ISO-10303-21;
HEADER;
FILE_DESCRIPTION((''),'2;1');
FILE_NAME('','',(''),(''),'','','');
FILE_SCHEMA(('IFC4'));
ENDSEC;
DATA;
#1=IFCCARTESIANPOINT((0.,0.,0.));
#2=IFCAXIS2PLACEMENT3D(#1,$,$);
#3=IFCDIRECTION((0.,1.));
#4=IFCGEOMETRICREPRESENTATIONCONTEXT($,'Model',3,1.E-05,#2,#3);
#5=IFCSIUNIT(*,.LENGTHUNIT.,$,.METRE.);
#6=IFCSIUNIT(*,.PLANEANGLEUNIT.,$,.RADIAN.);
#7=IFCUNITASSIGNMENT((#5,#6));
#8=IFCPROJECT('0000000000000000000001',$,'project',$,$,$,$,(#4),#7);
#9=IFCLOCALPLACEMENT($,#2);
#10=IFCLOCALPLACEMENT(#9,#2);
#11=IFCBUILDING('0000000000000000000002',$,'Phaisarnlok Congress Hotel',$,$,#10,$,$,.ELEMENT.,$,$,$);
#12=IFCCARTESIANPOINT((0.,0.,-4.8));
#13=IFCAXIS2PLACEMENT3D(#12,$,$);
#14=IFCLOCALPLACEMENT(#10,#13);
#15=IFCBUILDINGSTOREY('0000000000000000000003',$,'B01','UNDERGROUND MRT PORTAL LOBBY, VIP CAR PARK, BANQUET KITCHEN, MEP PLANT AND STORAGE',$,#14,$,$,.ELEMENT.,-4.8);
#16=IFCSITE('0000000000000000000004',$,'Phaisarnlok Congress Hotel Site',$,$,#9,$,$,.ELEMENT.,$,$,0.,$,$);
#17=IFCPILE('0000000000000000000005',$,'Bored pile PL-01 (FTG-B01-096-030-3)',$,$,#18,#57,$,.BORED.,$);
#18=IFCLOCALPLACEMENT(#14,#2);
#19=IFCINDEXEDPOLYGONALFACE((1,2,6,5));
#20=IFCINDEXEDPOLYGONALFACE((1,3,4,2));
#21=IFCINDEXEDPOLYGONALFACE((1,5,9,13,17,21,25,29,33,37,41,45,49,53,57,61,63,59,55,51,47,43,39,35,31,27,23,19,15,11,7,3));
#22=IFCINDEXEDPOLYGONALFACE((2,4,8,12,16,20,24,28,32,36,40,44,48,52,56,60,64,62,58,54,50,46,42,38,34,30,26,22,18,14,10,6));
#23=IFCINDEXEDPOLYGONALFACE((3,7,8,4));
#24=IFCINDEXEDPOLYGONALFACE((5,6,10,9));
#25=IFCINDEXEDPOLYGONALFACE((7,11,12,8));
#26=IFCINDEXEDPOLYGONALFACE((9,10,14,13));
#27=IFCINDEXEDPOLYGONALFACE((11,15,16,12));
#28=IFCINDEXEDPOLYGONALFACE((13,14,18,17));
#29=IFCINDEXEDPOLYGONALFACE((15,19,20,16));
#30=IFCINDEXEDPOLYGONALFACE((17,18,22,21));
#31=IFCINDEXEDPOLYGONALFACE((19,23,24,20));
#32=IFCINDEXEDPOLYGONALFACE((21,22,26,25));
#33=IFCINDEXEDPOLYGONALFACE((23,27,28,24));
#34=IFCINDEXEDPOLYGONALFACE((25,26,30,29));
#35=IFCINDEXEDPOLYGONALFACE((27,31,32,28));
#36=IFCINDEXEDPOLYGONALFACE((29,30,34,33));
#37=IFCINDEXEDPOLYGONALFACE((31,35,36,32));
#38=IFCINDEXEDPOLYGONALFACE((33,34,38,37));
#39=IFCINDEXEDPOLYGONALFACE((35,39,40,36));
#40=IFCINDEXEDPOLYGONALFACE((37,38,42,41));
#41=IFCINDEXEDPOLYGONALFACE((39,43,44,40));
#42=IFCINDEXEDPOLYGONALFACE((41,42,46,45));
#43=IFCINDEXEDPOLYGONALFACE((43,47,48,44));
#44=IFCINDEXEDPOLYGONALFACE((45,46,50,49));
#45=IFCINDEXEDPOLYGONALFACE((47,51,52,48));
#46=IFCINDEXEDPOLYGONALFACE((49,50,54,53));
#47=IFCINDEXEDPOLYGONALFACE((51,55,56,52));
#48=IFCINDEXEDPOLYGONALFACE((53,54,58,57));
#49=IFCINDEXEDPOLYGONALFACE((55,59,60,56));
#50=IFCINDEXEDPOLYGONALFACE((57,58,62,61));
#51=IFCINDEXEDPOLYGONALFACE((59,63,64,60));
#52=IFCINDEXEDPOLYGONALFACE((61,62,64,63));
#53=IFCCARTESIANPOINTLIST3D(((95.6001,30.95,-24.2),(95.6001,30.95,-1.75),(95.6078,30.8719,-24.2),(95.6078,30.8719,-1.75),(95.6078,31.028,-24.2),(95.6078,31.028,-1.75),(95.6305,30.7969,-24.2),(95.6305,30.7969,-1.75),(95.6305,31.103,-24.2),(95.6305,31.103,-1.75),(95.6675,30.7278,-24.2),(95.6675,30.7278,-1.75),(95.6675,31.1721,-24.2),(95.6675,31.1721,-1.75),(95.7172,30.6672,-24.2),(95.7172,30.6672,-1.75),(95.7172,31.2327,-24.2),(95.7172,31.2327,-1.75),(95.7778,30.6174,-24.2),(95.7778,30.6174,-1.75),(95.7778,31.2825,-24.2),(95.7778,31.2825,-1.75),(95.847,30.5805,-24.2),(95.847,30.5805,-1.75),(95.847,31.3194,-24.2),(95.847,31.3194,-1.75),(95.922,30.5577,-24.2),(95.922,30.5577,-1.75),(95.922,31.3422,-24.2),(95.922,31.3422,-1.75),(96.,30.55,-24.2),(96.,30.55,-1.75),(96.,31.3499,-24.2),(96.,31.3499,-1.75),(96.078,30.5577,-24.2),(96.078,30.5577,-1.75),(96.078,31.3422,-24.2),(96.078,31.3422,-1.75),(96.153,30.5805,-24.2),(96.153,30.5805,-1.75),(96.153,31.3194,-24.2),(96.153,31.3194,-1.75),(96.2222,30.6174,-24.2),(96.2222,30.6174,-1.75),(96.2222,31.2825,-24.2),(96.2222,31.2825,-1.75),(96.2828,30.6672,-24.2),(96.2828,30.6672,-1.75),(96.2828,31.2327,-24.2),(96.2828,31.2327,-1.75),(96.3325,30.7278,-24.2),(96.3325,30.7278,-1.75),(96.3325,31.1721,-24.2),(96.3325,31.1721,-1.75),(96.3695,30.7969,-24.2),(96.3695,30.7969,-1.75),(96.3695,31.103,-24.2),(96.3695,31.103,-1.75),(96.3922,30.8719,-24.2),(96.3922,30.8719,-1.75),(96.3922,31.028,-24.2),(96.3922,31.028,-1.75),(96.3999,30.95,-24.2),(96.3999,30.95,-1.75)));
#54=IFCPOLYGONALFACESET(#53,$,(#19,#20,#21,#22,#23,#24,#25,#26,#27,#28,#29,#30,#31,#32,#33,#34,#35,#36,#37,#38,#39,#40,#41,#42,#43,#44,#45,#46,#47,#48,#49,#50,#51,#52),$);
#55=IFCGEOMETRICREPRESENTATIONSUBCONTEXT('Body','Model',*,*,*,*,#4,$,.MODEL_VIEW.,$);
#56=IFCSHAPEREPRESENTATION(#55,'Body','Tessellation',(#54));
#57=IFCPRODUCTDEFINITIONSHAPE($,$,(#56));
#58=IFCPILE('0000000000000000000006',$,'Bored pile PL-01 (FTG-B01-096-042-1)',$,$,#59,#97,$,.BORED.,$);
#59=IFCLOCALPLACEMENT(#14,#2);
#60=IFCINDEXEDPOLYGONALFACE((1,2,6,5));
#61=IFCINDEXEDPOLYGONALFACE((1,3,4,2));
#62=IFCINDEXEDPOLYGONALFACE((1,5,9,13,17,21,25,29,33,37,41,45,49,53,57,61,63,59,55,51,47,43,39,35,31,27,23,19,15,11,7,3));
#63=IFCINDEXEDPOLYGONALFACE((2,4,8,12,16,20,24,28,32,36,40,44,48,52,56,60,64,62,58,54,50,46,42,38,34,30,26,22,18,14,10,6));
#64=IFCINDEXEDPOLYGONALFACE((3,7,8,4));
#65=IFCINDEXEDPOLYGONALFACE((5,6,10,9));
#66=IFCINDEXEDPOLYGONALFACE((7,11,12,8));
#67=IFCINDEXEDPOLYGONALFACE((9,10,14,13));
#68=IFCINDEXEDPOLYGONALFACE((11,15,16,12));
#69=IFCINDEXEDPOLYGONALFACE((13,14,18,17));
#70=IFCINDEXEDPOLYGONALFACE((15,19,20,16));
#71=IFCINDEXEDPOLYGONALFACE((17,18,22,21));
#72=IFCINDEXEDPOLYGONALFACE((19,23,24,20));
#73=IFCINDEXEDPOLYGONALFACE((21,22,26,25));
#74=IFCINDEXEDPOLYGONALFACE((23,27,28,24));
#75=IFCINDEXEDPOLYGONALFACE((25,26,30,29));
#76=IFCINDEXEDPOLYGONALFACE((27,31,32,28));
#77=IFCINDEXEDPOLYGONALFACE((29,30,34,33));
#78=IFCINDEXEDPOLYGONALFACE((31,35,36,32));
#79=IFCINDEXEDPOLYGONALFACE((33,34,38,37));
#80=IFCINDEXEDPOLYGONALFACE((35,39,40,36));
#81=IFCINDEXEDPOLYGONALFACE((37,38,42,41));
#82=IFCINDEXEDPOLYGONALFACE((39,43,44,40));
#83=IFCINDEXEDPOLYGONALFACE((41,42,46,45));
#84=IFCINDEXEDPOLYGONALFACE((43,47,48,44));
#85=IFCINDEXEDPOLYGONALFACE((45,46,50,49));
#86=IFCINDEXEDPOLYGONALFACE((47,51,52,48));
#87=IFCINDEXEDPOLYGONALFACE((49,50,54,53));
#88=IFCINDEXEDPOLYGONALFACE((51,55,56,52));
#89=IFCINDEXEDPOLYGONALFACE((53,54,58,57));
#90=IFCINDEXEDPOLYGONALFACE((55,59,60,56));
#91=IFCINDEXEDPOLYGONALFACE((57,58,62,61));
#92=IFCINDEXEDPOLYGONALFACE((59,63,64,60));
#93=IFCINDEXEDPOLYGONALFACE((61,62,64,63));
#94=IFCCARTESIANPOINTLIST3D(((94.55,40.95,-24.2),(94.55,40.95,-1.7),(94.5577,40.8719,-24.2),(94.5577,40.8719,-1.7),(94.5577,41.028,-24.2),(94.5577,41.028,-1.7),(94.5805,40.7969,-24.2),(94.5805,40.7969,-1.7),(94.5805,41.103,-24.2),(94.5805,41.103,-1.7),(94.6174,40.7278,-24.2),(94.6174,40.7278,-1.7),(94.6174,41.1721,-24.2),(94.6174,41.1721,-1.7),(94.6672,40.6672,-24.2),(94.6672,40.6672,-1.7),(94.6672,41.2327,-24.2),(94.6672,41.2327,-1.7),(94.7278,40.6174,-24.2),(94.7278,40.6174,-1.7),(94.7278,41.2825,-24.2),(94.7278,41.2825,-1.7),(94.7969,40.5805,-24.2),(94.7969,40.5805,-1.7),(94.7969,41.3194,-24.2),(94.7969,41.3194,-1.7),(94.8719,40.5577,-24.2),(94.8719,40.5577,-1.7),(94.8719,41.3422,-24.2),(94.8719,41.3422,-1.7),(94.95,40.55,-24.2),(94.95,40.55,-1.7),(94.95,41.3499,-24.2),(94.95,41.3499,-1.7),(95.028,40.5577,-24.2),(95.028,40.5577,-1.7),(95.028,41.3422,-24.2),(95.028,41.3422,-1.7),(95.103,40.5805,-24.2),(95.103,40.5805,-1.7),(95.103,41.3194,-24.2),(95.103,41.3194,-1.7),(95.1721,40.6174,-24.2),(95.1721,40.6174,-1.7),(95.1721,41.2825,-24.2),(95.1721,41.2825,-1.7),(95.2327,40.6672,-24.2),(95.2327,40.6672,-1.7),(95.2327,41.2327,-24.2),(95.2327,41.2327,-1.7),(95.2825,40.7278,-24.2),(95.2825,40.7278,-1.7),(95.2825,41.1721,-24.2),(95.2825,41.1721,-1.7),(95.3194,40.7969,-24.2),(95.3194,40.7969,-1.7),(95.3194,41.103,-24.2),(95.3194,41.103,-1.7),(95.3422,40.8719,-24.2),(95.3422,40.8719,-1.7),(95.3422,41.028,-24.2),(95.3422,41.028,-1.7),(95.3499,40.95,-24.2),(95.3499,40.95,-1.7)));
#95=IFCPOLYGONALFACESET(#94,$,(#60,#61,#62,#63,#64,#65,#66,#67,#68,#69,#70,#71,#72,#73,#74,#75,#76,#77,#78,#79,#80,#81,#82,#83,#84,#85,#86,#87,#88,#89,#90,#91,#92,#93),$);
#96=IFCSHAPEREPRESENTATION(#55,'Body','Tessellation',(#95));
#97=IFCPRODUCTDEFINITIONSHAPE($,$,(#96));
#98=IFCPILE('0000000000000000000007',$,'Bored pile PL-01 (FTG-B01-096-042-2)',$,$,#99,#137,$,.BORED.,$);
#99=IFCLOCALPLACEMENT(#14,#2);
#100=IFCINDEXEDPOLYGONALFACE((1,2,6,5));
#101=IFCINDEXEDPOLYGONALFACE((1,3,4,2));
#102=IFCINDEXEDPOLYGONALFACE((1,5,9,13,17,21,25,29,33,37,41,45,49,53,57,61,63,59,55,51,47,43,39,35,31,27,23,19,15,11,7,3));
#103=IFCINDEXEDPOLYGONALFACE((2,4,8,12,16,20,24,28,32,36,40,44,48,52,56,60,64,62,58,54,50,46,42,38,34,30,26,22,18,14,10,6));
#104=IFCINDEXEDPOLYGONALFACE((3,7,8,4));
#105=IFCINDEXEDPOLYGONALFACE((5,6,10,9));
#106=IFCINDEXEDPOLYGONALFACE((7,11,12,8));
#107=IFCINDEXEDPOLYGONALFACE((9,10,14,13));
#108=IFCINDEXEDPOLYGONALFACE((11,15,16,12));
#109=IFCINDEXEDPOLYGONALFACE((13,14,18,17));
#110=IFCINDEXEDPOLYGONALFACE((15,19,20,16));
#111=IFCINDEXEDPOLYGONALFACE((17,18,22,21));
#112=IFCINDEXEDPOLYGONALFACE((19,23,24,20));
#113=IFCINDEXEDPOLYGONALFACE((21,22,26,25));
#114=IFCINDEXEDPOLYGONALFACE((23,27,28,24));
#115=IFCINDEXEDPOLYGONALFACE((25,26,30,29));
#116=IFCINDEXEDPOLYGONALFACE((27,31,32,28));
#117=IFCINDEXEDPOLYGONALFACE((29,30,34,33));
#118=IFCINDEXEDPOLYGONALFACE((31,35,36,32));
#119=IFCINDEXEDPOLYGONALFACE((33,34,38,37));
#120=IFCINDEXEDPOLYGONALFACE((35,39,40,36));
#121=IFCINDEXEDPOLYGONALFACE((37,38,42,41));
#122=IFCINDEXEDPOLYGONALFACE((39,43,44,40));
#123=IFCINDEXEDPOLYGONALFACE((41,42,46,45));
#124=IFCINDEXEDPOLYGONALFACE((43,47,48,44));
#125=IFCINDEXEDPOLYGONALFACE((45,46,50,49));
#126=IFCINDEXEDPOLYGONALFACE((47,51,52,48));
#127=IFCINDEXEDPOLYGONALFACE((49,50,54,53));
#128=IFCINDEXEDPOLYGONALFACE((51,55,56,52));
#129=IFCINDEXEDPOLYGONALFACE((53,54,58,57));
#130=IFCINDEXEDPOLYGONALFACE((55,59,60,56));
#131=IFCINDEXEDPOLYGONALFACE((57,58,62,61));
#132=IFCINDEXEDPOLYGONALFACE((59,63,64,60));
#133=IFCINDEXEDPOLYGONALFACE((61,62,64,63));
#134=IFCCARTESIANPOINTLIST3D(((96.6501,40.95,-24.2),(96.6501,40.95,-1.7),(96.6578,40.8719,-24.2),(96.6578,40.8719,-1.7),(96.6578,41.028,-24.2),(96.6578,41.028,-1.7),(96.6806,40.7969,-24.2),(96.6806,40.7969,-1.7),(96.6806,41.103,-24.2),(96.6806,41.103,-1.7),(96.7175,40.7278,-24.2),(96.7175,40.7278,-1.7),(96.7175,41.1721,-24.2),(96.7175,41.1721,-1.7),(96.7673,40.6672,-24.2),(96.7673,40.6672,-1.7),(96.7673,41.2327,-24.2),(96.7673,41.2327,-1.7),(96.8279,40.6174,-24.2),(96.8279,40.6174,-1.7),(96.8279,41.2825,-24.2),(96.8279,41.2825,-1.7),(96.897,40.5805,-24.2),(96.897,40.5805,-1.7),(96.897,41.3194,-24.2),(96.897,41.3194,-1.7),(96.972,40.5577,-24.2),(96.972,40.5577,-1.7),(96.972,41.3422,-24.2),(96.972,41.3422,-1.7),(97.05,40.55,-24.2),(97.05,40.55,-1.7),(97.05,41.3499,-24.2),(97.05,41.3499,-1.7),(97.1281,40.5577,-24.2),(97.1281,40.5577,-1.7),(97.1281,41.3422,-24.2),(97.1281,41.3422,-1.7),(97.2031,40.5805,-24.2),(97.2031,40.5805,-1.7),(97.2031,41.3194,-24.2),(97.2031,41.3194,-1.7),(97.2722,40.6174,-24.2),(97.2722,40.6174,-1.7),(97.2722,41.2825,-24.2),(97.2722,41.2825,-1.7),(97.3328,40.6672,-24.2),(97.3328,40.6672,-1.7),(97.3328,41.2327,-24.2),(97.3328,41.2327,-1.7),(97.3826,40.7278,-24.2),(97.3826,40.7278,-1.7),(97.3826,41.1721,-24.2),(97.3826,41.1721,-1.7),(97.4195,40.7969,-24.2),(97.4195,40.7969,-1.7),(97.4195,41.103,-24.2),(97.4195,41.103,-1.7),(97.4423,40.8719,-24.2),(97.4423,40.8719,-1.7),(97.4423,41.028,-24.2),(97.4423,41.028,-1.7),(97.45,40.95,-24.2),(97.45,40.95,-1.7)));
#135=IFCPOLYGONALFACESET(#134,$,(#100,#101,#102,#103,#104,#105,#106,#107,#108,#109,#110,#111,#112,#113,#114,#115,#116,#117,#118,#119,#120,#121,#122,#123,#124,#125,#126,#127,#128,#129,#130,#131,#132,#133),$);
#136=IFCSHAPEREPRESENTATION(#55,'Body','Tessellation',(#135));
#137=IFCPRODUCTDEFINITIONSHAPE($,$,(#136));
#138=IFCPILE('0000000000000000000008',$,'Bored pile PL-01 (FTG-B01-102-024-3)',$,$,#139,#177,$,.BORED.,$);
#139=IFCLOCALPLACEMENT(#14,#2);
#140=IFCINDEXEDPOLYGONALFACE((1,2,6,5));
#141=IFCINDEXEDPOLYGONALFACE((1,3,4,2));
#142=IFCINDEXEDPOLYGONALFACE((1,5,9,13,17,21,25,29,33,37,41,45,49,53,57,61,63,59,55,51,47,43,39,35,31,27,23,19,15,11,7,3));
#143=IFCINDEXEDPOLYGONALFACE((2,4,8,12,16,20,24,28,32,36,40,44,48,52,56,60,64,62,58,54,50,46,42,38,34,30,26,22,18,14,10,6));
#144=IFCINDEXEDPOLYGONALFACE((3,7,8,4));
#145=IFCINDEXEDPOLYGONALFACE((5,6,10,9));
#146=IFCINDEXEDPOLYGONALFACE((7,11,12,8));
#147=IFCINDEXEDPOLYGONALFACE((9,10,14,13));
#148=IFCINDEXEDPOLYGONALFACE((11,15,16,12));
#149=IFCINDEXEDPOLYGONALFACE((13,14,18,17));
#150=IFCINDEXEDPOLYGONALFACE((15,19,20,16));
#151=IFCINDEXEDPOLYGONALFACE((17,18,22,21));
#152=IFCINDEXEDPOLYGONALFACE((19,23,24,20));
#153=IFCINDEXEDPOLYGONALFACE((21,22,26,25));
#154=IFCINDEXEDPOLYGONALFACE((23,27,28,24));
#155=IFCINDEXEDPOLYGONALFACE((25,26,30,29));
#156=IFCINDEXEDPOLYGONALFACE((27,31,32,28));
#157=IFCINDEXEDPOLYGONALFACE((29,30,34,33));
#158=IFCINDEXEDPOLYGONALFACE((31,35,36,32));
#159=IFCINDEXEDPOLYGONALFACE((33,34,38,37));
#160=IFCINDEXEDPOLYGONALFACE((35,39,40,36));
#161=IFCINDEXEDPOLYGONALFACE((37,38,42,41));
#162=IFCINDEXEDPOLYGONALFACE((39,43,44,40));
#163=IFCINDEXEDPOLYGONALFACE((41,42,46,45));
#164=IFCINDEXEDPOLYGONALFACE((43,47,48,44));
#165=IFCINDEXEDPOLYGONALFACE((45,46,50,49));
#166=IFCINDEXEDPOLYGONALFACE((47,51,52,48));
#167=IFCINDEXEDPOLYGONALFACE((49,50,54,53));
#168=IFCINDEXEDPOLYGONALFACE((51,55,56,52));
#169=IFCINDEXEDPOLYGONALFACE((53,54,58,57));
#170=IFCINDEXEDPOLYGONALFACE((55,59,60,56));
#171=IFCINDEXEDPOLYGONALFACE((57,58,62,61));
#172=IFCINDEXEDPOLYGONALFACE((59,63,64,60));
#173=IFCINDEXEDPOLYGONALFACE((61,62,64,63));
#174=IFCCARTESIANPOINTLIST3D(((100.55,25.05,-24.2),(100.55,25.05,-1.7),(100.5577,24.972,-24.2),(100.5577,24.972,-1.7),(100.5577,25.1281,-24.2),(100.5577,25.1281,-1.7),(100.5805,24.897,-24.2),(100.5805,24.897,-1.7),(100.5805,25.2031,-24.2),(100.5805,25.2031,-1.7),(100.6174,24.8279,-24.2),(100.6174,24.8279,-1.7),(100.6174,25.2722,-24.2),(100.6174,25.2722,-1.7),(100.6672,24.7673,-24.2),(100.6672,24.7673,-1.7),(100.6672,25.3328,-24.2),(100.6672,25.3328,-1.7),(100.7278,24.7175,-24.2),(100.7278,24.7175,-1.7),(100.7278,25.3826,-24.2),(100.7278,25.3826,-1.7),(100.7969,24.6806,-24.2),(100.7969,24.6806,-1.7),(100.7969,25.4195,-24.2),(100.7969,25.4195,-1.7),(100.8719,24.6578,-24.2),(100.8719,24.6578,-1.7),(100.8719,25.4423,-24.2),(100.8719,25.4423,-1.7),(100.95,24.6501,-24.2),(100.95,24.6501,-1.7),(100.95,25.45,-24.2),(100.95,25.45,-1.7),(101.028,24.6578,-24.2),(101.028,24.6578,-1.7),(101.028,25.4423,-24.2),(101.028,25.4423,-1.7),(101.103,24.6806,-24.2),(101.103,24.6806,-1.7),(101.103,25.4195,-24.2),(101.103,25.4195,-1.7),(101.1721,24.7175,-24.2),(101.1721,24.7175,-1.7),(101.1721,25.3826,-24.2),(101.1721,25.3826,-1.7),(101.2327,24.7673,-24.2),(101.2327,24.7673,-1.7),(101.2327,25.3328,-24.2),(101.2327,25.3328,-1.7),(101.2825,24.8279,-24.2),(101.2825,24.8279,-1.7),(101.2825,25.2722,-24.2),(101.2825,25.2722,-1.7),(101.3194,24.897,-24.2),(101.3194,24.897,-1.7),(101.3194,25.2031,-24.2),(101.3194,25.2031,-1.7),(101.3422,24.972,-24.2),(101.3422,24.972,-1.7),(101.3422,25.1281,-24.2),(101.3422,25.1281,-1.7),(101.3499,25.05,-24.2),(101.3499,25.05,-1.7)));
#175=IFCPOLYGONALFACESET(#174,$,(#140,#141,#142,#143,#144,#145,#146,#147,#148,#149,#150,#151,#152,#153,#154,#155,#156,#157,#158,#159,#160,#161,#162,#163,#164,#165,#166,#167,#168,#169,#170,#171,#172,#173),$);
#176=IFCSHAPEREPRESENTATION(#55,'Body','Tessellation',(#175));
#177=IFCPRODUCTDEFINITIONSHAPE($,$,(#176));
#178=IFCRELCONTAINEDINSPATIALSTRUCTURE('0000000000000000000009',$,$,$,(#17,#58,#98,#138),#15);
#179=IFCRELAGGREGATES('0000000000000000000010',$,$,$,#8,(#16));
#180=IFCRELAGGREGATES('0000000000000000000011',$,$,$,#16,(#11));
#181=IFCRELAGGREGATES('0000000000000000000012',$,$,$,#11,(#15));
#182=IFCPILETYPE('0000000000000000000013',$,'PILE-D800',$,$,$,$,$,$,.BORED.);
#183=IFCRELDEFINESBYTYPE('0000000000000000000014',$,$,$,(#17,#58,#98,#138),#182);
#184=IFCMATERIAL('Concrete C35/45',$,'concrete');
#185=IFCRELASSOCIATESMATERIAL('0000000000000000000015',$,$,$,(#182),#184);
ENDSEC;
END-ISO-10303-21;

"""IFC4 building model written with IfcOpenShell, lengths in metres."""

from ifc_helpers import new_model, si_unit, direction, frame, origin, origin_2d, place, context, subcontext, project, spatial, circle, extrude, material, material_profile, profile_set, type_object, element, save


model = new_model("IFC4")

# Units and contexts
model_context = context("Model", 3, precision=1e-05, world=origin(), true_north=direction((0.0, 1.0)))
body_context = subcontext(model_context, "Body", "Model", "MODEL_VIEW")
ifc_project = project(units=[si_unit("LENGTHUNIT", "METRE"), si_unit("PLANEANGLEUNIT", "RADIAN")], contexts=[model_context])

# Site, building, storey
site_placement = place(None, origin())
site = spatial("IfcSite", under=ifc_project, at=site_placement, Name="Phaisarnlok Congress Hotel Site", CompositionType="ELEMENT", RefElevation=0.0)
building_placement = place(site_placement, origin())
building = spatial("IfcBuilding", under=site, at=building_placement, Name="Phaisarnlok Congress Hotel", CompositionType="ELEMENT")
storey_placement = place(building_placement, frame((0.0, 0.0, -4.8)))
storey = spatial("IfcBuildingStorey", under=building, at=storey_placement, Name="B01", Description="UNDERGROUND MRT PORTAL LOBBY, VIP CAR PARK, BANQUET KITCHEN, MEP PLANT AND STORAGE", CompositionType="ELEMENT", Elevation=-4.8)

# Piles
ifc_material_1 = material(Name="Concrete C35/45", Category="concrete")
ifc_material_profile_1 = material_profile(ifc_material_1, circle(Radius=0.3999, at=origin_2d()), Name="BORED PILE D800")
ifc_profile_set_1 = profile_set([ifc_material_profile_1], Name="Concrete C35/45")
pile_type_1 = type_object("IfcPileType", Name="PILE-D800", PredefinedType="BORED", material=ifc_profile_set_1)
for number, where, z_axis, x_axis, name in (
    (1, (96.0, 30.95, -1.75), (0.0, 0.0, -1.0), (1.0, 0.0, 0.0), "Bored pile PL-01 (FTG-B01-096-030-3)"),
):
    element("IfcPile", number, at=place(storey_placement, frame(where, z_axis=z_axis, x_axis=x_axis)), inside=storey, type_object=pile_type_1, Name=name, PredefinedType="BORED", context=body_context, shape_type="SweptSolid", body=[
        extrude(circle(Radius=0.3999, at=origin_2d()), origin(), (0.0, 0.0, 1.0), 22.45),
    ])
for number, where, z_axis, x_axis, name in (
    (2, (94.95, 40.95, -1.7), (0.0, 0.0, -1.0), (1.0, 0.0, 0.0), "Bored pile PL-01 (FTG-B01-096-042-1)"),
    (3, (97.05, 40.95, -1.7), (0.0, 0.0, -1.0), (1.0, 0.0, 0.0), "Bored pile PL-01 (FTG-B01-096-042-2)"),
    (4, (100.95, 25.05, -1.7), (0.0, 0.0, -1.0), (1.0, 0.0, 0.0), "Bored pile PL-01 (FTG-B01-102-024-3)"),
):
    element("IfcPile", number, at=place(storey_placement, frame(where, z_axis=z_axis, x_axis=x_axis)), inside=storey, type_object=pile_type_1, Name=name, PredefinedType="BORED", context=body_context, shape_type="SweptSolid", body=[
        extrude(circle(Radius=0.3999, at=origin_2d()), origin(), (0.0, 0.0, 1.0), 22.5),
    ])

save(model, "model.ifc")
